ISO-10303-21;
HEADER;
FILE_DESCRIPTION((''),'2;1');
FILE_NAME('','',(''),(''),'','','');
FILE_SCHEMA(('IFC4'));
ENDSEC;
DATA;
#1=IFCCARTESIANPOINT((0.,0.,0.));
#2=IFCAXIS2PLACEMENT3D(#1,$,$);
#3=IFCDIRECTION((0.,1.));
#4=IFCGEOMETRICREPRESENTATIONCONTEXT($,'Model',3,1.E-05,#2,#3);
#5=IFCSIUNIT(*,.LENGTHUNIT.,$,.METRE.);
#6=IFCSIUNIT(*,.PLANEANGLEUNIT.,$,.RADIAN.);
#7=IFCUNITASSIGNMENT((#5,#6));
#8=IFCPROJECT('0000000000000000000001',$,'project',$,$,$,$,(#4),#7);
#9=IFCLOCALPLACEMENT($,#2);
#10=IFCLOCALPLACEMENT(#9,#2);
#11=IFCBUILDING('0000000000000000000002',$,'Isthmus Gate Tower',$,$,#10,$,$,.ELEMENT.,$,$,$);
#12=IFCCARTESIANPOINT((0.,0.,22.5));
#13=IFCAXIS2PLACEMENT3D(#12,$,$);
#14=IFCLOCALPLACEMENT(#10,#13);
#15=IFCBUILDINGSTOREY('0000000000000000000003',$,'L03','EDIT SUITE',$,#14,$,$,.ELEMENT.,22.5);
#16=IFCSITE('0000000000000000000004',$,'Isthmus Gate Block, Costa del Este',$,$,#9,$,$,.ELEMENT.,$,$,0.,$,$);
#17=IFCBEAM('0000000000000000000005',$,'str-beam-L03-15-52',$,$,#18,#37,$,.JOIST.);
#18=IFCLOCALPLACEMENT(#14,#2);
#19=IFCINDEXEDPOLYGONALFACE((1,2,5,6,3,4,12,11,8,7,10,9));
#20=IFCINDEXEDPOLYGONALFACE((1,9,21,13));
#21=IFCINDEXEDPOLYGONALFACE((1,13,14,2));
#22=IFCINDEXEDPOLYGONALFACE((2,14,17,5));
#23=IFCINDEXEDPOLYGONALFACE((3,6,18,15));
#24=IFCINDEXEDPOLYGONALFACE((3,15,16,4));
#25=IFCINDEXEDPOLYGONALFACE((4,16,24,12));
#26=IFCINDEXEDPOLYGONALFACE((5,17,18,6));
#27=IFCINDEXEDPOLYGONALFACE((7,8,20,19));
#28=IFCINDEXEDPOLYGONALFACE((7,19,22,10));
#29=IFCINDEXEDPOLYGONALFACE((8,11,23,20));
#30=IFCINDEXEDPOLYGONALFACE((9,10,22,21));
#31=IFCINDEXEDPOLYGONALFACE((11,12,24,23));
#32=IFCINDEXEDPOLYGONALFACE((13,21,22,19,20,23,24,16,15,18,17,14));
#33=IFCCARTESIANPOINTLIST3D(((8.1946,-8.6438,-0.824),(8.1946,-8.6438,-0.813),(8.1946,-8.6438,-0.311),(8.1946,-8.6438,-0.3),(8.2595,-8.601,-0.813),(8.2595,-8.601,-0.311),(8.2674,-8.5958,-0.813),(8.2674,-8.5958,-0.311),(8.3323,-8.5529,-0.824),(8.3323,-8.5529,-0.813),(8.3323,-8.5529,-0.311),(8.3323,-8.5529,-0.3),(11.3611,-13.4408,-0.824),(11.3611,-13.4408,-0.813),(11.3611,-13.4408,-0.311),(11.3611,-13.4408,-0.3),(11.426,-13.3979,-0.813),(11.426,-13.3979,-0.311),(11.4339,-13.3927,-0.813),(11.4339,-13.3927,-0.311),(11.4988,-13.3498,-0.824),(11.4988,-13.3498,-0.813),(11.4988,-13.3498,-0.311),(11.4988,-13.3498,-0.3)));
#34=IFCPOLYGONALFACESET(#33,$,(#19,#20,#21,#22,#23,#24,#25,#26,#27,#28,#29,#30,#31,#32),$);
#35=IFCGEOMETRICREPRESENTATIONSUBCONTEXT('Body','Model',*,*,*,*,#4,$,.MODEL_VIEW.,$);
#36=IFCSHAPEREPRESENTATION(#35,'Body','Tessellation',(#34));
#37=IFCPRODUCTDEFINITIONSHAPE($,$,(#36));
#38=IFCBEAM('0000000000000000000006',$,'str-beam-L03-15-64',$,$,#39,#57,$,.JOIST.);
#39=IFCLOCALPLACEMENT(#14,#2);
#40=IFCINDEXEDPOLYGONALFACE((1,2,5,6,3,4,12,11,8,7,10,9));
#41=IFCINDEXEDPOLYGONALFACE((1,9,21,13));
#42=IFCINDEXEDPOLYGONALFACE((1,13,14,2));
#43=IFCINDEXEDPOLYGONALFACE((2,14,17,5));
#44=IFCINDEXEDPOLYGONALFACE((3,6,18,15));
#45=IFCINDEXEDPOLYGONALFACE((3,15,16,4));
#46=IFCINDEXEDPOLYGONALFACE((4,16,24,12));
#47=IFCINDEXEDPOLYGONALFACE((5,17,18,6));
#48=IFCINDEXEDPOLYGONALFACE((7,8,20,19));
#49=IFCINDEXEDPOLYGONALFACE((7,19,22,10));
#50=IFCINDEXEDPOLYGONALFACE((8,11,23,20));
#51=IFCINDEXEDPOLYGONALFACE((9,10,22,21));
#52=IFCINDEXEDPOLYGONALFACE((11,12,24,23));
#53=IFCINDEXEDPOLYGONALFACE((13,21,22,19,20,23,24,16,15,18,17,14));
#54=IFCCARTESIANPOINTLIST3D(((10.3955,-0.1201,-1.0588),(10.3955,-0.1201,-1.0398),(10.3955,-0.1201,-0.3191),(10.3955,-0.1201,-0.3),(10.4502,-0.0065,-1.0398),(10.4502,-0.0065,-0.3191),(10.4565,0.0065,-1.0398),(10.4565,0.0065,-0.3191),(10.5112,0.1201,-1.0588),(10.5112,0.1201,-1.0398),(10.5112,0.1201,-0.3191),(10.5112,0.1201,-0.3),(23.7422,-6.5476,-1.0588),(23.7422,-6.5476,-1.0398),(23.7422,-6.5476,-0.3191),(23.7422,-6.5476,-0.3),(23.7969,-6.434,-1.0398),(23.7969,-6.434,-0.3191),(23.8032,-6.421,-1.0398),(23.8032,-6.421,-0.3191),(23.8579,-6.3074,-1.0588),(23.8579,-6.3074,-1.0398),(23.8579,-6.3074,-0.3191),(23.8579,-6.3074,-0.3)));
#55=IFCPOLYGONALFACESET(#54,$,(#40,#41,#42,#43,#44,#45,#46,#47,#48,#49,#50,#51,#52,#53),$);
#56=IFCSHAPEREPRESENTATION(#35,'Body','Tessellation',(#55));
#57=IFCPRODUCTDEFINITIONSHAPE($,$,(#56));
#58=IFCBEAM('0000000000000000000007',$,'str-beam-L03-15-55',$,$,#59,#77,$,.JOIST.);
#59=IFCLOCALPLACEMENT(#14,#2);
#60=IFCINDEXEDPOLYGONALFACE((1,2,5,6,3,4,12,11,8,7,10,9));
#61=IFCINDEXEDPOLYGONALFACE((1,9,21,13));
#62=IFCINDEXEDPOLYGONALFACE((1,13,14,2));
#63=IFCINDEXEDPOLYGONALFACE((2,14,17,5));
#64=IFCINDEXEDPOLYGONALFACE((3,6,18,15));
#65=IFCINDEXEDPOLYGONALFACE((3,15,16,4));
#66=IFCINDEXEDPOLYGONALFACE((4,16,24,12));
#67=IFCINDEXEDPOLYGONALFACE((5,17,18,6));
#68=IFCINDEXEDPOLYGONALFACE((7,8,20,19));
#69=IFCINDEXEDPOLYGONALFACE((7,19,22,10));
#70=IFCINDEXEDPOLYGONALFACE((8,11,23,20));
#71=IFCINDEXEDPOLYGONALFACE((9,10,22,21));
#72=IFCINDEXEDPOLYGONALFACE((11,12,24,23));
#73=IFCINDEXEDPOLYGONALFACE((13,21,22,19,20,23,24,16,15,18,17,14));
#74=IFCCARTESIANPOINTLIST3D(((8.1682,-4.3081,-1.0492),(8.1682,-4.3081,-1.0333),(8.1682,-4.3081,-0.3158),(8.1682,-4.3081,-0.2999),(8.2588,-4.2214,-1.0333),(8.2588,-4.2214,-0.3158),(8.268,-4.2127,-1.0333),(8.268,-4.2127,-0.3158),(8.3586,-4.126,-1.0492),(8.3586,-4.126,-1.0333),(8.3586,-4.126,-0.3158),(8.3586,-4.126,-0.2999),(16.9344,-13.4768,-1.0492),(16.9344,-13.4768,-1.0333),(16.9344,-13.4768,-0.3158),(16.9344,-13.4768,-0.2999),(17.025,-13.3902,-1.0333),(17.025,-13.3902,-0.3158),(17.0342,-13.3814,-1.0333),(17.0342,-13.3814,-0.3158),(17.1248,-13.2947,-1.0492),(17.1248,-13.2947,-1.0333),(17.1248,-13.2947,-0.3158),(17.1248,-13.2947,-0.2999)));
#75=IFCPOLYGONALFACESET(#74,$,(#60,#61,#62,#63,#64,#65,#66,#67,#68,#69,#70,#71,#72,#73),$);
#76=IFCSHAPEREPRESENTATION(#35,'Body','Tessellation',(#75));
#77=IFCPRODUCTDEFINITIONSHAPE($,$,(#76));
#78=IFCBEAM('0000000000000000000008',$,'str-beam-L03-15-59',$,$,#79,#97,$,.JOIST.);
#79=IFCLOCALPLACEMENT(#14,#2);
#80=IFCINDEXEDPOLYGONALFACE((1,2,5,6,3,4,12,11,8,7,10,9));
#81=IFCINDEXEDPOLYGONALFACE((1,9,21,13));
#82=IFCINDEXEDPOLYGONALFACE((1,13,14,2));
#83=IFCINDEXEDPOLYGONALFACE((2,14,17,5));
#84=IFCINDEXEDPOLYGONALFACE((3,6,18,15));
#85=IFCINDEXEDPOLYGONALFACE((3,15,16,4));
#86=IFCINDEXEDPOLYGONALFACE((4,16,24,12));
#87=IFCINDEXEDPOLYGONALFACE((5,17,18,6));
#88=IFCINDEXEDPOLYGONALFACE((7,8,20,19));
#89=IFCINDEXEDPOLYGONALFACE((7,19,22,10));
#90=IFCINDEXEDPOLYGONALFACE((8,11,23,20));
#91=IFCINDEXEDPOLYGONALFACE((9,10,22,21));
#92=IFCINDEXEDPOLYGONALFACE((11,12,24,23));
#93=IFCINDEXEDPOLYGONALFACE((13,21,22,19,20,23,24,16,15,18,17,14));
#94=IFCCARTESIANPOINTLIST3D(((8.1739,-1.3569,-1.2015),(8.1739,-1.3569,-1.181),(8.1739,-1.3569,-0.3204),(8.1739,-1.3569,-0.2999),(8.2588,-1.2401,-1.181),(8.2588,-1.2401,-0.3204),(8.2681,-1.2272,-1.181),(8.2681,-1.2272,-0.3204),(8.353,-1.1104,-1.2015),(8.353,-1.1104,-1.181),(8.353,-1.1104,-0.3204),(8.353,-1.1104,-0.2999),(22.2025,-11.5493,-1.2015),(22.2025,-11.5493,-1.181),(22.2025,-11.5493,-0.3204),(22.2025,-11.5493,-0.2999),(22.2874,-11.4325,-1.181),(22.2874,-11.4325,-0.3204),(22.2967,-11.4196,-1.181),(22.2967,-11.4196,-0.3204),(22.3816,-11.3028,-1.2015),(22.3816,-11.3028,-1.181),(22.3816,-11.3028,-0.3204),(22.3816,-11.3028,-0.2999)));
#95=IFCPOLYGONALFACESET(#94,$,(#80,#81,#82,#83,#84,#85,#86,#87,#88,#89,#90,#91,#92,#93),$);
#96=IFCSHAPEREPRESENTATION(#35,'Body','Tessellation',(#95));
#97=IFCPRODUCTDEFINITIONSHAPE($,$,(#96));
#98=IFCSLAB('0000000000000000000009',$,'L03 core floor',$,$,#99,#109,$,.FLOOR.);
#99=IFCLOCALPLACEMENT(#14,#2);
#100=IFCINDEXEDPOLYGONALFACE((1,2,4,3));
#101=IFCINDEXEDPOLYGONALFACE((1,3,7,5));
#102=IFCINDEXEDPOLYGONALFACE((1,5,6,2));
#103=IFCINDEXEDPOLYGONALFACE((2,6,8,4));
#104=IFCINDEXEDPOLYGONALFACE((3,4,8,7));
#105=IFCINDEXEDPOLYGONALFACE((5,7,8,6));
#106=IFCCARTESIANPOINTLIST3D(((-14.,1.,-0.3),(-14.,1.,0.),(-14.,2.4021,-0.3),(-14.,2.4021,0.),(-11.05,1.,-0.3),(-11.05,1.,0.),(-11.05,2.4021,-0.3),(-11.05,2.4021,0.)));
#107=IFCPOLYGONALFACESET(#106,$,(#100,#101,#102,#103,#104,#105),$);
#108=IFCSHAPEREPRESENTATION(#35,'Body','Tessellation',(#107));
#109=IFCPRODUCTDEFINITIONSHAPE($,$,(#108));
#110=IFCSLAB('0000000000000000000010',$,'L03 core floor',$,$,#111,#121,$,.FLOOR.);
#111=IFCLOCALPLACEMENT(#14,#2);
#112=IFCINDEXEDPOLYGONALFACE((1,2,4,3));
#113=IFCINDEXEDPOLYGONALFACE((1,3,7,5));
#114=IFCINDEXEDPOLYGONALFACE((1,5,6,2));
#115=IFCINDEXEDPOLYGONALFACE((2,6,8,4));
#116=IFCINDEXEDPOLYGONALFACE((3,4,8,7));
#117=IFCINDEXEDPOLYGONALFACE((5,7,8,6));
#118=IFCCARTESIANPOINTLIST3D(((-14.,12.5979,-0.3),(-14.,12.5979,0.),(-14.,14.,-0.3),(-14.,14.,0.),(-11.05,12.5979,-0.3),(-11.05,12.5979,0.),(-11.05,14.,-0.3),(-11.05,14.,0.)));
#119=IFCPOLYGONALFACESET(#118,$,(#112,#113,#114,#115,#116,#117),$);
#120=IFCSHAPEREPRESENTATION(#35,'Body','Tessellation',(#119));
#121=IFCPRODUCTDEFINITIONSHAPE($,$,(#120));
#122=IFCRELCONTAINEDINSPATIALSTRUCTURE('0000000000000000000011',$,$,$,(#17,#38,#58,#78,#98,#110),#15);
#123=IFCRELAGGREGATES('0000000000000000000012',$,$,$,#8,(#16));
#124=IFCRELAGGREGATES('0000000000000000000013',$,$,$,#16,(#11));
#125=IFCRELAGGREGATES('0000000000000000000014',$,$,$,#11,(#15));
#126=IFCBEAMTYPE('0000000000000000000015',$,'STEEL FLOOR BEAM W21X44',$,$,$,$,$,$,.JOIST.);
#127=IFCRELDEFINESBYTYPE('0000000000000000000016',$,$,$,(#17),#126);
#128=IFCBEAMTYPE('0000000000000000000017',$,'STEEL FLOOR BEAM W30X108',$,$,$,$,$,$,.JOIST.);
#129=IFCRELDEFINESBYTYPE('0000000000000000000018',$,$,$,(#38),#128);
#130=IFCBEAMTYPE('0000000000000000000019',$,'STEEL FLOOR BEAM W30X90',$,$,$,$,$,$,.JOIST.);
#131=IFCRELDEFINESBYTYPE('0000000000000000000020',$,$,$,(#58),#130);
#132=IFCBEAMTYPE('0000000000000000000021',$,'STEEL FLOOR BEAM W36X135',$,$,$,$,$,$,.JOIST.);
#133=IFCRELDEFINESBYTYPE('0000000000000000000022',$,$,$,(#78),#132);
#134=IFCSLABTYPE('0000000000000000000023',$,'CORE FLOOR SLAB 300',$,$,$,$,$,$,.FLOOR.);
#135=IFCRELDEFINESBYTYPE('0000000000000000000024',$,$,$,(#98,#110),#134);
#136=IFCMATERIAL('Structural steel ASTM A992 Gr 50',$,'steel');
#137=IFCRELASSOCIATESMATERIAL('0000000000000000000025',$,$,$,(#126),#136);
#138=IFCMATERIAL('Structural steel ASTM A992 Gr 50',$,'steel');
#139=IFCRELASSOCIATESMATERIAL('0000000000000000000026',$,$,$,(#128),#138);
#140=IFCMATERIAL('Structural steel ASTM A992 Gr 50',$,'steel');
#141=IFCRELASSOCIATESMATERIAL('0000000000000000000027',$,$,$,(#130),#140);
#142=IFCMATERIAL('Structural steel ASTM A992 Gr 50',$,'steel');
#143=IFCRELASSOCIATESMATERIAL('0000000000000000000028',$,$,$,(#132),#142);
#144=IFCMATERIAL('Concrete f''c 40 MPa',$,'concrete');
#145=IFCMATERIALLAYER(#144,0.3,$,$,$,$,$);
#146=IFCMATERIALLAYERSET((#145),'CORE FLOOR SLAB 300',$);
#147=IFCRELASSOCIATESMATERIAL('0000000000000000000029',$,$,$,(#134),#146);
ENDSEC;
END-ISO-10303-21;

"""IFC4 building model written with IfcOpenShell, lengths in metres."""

from ifc_helpers import new_model, si_unit, direction, frame, origin, origin_2d, place, context, subcontext, project, spatial, polyline, i_section, outline, extrude, material, layer, layer_set, material_profile, profile_set, type_object, element, save


model = new_model("IFC4")

# Units and contexts
model_context = context("Model", 3, precision=1e-05, world=origin(), true_north=direction((0.0, 1.0)))
body_context = subcontext(model_context, "Body", "Model", "MODEL_VIEW")
ifc_project = project(units=[si_unit("LENGTHUNIT", "METRE"), si_unit("PLANEANGLEUNIT", "RADIAN")], contexts=[model_context])

# Site, building, storey
site_placement = place(None, origin())
site = spatial("IfcSite", under=ifc_project, at=site_placement, Name="Isthmus Gate Block, Costa del Este", CompositionType="ELEMENT", RefElevation=0.0)
building_placement = place(site_placement, origin())
building = spatial("IfcBuilding", under=site, at=building_placement, Name="Isthmus Gate Tower", CompositionType="ELEMENT")
storey_placement = place(building_placement, frame((0.0, 0.0, 22.5)))
storey = spatial("IfcBuildingStorey", under=building, at=storey_placement, Name="L03", Description="EDIT SUITE", CompositionType="ELEMENT", Elevation=22.5)

# Beams
ifc_material_1 = material(Name="Structural steel ASTM A992 Gr 50", Category="steel")
ifc_material_profile_1 = material_profile(ifc_material_1, i_section(OverallWidth=0.165, OverallDepth=0.5239, WebThickness=0.0095, FlangeThickness=0.011, at=origin_2d()), Name="W21X44")
ifc_profile_set_1 = profile_set([ifc_material_profile_1], Name="Structural steel ASTM A992 Gr 50")
beam_type_1 = type_object("IfcBeamType", Name="STEEL FLOOR BEAM W21X44", PredefinedType="JOIST", material=ifc_profile_set_1)
beam_1_placement = place(storey_placement, frame((8.2634, -8.5984, -0.562), z_axis=(0.550911, -0.834564, 0.0), x_axis=(0.834564, 0.550911, 0.0)))
element("IfcBeam", 1, at=beam_1_placement, inside=storey, type_object=beam_type_1, Name="str-beam-L03-15-52", PredefinedType="JOIST", context=body_context, shape_type="SweptSolid", body=[
    extrude(i_section(OverallWidth=0.165, OverallDepth=0.5239, WebThickness=0.0095, FlangeThickness=0.011, at=origin_2d()), origin(), (0.0, 0.0, 1.0), 5.7478),
])
ifc_material_2 = material(Name="Structural steel ASTM A992 Gr 50", Category="steel")
ifc_material_profile_2 = material_profile(ifc_material_2, i_section(OverallWidth=0.2666, OverallDepth=0.7588, WebThickness=0.0144, FlangeThickness=0.019, at=origin_2d()), Name="W30X108")
ifc_profile_set_2 = profile_set([ifc_material_profile_2], Name="Structural steel ASTM A992 Gr 50")
beam_type_2 = type_object("IfcBeamType", Name="STEEL FLOOR BEAM W30X108", PredefinedType="JOIST", material=ifc_profile_set_2)
beam_2_placement = place(storey_placement, frame((10.4534, 0.0, -0.6794), z_axis=(0.900967, -0.433887, 0.0), x_axis=(0.433887, 0.900967, 0.0)))
element("IfcBeam", 2, at=beam_2_placement, inside=storey, type_object=beam_type_2, Name="str-beam-L03-15-64", PredefinedType="JOIST", context=body_context, shape_type="SweptSolid", body=[
    extrude(i_section(OverallWidth=0.2666, OverallDepth=0.7588, WebThickness=0.0144, FlangeThickness=0.019, at=origin_2d()), origin(), (0.0, 0.0, 1.0), 14.8137),
])
ifc_material_3 = material(Name="Structural steel ASTM A992 Gr 50", Category="steel")
ifc_material_profile_3 = material_profile(ifc_material_3, i_section(OverallWidth=0.2634, OverallDepth=0.7493, WebThickness=0.0127, FlangeThickness=0.0159, at=origin_2d()), Name="W30X90")
ifc_profile_set_3 = profile_set([ifc_material_profile_3], Name="Structural steel ASTM A992 Gr 50")
beam_type_3 = type_object("IfcBeamType", Name="STEEL FLOOR BEAM W30X90", PredefinedType="JOIST", material=ifc_profile_set_3)
beam_3_placement = place(storey_placement, frame((8.2634, -4.217, -0.6746), z_axis=(0.69106, -0.722797, 0.0), x_axis=(0.722797, 0.69106, 0.0)))
element("IfcBeam", 3, at=beam_3_placement, inside=storey, type_object=beam_type_3, Name="str-beam-L03-15-55", PredefinedType="JOIST", context=body_context, shape_type="SweptSolid", body=[
    extrude(i_section(OverallWidth=0.2634, OverallDepth=0.7493, WebThickness=0.0127, FlangeThickness=0.0159, at=origin_2d()), origin(), (0.0, 0.0, 1.0), 12.6851),
])
ifc_material_4 = material(Name="Structural steel ASTM A992 Gr 50", Category="steel")
ifc_material_profile_4 = material_profile(ifc_material_4, i_section(OverallWidth=0.3047, OverallDepth=0.9016, WebThickness=0.0159, FlangeThickness=0.0205, at=origin_2d()), Name="W36X135")
ifc_profile_set_4 = profile_set([ifc_material_profile_4], Name="Structural steel ASTM A992 Gr 50")
beam_type_4 = type_object("IfcBeamType", Name="STEEL FLOOR BEAM W36X135", PredefinedType="JOIST", material=ifc_profile_set_4)
beam_4_placement = place(storey_placement, frame((8.2634, -1.2336, -0.7507), z_axis=(0.809016, -0.587787, 0.0), x_axis=(0.587787, 0.809016, 0.0)))
element("IfcBeam", 4, at=beam_4_placement, inside=storey, type_object=beam_type_4, Name="str-beam-L03-15-59", PredefinedType="JOIST", context=body_context, shape_type="SweptSolid", body=[
    extrude(i_section(OverallWidth=0.3047, OverallDepth=0.9016, WebThickness=0.0159, FlangeThickness=0.0205, at=origin_2d()), origin(), (0.0, 0.0, 1.0), 17.3403),
])

# Slabs
ifc_material_5 = material(Name="Concrete f'c 40 MPa", Category="concrete")
ifc_layer_1 = layer(ifc_material_5, 0.3)
ifc_layer_set_1 = layer_set([ifc_layer_1], Name="CORE FLOOR SLAB 300")
slab_type_1 = type_object("IfcSlabType", Name="CORE FLOOR SLAB 300", PredefinedType="FLOOR", material=ifc_layer_set_1)
slab_1_placement = place(storey_placement, frame((0.0, 0.0, -0.3)))
element("IfcSlab", 5, at=slab_1_placement, inside=storey, type_object=slab_type_1, Name="L03 core floor", PredefinedType="FLOOR", context=body_context, shape_type="SweptSolid", body=[
    extrude(outline(polyline([(-11.05, 1.0), (-11.05, 2.4021), (-14.0, 2.4021), (-14.0, 1.0), (-11.05, 1.0)])), origin(), (0.0, 0.0, 1.0), 0.3),
])
slab_2_placement = place(storey_placement, frame((0.0, 0.0, -0.3)))
element("IfcSlab", 6, at=slab_2_placement, inside=storey, type_object=slab_type_1, Name="L03 core floor", PredefinedType="FLOOR", context=body_context, shape_type="SweptSolid", body=[
    extrude(outline(polyline([(-14.0, 14.0), (-14.0, 12.5979), (-11.05, 12.5979), (-11.05, 14.0), (-14.0, 14.0)])), origin(), (0.0, 0.0, 1.0), 0.3),
])

save(model, "model.ifc")
